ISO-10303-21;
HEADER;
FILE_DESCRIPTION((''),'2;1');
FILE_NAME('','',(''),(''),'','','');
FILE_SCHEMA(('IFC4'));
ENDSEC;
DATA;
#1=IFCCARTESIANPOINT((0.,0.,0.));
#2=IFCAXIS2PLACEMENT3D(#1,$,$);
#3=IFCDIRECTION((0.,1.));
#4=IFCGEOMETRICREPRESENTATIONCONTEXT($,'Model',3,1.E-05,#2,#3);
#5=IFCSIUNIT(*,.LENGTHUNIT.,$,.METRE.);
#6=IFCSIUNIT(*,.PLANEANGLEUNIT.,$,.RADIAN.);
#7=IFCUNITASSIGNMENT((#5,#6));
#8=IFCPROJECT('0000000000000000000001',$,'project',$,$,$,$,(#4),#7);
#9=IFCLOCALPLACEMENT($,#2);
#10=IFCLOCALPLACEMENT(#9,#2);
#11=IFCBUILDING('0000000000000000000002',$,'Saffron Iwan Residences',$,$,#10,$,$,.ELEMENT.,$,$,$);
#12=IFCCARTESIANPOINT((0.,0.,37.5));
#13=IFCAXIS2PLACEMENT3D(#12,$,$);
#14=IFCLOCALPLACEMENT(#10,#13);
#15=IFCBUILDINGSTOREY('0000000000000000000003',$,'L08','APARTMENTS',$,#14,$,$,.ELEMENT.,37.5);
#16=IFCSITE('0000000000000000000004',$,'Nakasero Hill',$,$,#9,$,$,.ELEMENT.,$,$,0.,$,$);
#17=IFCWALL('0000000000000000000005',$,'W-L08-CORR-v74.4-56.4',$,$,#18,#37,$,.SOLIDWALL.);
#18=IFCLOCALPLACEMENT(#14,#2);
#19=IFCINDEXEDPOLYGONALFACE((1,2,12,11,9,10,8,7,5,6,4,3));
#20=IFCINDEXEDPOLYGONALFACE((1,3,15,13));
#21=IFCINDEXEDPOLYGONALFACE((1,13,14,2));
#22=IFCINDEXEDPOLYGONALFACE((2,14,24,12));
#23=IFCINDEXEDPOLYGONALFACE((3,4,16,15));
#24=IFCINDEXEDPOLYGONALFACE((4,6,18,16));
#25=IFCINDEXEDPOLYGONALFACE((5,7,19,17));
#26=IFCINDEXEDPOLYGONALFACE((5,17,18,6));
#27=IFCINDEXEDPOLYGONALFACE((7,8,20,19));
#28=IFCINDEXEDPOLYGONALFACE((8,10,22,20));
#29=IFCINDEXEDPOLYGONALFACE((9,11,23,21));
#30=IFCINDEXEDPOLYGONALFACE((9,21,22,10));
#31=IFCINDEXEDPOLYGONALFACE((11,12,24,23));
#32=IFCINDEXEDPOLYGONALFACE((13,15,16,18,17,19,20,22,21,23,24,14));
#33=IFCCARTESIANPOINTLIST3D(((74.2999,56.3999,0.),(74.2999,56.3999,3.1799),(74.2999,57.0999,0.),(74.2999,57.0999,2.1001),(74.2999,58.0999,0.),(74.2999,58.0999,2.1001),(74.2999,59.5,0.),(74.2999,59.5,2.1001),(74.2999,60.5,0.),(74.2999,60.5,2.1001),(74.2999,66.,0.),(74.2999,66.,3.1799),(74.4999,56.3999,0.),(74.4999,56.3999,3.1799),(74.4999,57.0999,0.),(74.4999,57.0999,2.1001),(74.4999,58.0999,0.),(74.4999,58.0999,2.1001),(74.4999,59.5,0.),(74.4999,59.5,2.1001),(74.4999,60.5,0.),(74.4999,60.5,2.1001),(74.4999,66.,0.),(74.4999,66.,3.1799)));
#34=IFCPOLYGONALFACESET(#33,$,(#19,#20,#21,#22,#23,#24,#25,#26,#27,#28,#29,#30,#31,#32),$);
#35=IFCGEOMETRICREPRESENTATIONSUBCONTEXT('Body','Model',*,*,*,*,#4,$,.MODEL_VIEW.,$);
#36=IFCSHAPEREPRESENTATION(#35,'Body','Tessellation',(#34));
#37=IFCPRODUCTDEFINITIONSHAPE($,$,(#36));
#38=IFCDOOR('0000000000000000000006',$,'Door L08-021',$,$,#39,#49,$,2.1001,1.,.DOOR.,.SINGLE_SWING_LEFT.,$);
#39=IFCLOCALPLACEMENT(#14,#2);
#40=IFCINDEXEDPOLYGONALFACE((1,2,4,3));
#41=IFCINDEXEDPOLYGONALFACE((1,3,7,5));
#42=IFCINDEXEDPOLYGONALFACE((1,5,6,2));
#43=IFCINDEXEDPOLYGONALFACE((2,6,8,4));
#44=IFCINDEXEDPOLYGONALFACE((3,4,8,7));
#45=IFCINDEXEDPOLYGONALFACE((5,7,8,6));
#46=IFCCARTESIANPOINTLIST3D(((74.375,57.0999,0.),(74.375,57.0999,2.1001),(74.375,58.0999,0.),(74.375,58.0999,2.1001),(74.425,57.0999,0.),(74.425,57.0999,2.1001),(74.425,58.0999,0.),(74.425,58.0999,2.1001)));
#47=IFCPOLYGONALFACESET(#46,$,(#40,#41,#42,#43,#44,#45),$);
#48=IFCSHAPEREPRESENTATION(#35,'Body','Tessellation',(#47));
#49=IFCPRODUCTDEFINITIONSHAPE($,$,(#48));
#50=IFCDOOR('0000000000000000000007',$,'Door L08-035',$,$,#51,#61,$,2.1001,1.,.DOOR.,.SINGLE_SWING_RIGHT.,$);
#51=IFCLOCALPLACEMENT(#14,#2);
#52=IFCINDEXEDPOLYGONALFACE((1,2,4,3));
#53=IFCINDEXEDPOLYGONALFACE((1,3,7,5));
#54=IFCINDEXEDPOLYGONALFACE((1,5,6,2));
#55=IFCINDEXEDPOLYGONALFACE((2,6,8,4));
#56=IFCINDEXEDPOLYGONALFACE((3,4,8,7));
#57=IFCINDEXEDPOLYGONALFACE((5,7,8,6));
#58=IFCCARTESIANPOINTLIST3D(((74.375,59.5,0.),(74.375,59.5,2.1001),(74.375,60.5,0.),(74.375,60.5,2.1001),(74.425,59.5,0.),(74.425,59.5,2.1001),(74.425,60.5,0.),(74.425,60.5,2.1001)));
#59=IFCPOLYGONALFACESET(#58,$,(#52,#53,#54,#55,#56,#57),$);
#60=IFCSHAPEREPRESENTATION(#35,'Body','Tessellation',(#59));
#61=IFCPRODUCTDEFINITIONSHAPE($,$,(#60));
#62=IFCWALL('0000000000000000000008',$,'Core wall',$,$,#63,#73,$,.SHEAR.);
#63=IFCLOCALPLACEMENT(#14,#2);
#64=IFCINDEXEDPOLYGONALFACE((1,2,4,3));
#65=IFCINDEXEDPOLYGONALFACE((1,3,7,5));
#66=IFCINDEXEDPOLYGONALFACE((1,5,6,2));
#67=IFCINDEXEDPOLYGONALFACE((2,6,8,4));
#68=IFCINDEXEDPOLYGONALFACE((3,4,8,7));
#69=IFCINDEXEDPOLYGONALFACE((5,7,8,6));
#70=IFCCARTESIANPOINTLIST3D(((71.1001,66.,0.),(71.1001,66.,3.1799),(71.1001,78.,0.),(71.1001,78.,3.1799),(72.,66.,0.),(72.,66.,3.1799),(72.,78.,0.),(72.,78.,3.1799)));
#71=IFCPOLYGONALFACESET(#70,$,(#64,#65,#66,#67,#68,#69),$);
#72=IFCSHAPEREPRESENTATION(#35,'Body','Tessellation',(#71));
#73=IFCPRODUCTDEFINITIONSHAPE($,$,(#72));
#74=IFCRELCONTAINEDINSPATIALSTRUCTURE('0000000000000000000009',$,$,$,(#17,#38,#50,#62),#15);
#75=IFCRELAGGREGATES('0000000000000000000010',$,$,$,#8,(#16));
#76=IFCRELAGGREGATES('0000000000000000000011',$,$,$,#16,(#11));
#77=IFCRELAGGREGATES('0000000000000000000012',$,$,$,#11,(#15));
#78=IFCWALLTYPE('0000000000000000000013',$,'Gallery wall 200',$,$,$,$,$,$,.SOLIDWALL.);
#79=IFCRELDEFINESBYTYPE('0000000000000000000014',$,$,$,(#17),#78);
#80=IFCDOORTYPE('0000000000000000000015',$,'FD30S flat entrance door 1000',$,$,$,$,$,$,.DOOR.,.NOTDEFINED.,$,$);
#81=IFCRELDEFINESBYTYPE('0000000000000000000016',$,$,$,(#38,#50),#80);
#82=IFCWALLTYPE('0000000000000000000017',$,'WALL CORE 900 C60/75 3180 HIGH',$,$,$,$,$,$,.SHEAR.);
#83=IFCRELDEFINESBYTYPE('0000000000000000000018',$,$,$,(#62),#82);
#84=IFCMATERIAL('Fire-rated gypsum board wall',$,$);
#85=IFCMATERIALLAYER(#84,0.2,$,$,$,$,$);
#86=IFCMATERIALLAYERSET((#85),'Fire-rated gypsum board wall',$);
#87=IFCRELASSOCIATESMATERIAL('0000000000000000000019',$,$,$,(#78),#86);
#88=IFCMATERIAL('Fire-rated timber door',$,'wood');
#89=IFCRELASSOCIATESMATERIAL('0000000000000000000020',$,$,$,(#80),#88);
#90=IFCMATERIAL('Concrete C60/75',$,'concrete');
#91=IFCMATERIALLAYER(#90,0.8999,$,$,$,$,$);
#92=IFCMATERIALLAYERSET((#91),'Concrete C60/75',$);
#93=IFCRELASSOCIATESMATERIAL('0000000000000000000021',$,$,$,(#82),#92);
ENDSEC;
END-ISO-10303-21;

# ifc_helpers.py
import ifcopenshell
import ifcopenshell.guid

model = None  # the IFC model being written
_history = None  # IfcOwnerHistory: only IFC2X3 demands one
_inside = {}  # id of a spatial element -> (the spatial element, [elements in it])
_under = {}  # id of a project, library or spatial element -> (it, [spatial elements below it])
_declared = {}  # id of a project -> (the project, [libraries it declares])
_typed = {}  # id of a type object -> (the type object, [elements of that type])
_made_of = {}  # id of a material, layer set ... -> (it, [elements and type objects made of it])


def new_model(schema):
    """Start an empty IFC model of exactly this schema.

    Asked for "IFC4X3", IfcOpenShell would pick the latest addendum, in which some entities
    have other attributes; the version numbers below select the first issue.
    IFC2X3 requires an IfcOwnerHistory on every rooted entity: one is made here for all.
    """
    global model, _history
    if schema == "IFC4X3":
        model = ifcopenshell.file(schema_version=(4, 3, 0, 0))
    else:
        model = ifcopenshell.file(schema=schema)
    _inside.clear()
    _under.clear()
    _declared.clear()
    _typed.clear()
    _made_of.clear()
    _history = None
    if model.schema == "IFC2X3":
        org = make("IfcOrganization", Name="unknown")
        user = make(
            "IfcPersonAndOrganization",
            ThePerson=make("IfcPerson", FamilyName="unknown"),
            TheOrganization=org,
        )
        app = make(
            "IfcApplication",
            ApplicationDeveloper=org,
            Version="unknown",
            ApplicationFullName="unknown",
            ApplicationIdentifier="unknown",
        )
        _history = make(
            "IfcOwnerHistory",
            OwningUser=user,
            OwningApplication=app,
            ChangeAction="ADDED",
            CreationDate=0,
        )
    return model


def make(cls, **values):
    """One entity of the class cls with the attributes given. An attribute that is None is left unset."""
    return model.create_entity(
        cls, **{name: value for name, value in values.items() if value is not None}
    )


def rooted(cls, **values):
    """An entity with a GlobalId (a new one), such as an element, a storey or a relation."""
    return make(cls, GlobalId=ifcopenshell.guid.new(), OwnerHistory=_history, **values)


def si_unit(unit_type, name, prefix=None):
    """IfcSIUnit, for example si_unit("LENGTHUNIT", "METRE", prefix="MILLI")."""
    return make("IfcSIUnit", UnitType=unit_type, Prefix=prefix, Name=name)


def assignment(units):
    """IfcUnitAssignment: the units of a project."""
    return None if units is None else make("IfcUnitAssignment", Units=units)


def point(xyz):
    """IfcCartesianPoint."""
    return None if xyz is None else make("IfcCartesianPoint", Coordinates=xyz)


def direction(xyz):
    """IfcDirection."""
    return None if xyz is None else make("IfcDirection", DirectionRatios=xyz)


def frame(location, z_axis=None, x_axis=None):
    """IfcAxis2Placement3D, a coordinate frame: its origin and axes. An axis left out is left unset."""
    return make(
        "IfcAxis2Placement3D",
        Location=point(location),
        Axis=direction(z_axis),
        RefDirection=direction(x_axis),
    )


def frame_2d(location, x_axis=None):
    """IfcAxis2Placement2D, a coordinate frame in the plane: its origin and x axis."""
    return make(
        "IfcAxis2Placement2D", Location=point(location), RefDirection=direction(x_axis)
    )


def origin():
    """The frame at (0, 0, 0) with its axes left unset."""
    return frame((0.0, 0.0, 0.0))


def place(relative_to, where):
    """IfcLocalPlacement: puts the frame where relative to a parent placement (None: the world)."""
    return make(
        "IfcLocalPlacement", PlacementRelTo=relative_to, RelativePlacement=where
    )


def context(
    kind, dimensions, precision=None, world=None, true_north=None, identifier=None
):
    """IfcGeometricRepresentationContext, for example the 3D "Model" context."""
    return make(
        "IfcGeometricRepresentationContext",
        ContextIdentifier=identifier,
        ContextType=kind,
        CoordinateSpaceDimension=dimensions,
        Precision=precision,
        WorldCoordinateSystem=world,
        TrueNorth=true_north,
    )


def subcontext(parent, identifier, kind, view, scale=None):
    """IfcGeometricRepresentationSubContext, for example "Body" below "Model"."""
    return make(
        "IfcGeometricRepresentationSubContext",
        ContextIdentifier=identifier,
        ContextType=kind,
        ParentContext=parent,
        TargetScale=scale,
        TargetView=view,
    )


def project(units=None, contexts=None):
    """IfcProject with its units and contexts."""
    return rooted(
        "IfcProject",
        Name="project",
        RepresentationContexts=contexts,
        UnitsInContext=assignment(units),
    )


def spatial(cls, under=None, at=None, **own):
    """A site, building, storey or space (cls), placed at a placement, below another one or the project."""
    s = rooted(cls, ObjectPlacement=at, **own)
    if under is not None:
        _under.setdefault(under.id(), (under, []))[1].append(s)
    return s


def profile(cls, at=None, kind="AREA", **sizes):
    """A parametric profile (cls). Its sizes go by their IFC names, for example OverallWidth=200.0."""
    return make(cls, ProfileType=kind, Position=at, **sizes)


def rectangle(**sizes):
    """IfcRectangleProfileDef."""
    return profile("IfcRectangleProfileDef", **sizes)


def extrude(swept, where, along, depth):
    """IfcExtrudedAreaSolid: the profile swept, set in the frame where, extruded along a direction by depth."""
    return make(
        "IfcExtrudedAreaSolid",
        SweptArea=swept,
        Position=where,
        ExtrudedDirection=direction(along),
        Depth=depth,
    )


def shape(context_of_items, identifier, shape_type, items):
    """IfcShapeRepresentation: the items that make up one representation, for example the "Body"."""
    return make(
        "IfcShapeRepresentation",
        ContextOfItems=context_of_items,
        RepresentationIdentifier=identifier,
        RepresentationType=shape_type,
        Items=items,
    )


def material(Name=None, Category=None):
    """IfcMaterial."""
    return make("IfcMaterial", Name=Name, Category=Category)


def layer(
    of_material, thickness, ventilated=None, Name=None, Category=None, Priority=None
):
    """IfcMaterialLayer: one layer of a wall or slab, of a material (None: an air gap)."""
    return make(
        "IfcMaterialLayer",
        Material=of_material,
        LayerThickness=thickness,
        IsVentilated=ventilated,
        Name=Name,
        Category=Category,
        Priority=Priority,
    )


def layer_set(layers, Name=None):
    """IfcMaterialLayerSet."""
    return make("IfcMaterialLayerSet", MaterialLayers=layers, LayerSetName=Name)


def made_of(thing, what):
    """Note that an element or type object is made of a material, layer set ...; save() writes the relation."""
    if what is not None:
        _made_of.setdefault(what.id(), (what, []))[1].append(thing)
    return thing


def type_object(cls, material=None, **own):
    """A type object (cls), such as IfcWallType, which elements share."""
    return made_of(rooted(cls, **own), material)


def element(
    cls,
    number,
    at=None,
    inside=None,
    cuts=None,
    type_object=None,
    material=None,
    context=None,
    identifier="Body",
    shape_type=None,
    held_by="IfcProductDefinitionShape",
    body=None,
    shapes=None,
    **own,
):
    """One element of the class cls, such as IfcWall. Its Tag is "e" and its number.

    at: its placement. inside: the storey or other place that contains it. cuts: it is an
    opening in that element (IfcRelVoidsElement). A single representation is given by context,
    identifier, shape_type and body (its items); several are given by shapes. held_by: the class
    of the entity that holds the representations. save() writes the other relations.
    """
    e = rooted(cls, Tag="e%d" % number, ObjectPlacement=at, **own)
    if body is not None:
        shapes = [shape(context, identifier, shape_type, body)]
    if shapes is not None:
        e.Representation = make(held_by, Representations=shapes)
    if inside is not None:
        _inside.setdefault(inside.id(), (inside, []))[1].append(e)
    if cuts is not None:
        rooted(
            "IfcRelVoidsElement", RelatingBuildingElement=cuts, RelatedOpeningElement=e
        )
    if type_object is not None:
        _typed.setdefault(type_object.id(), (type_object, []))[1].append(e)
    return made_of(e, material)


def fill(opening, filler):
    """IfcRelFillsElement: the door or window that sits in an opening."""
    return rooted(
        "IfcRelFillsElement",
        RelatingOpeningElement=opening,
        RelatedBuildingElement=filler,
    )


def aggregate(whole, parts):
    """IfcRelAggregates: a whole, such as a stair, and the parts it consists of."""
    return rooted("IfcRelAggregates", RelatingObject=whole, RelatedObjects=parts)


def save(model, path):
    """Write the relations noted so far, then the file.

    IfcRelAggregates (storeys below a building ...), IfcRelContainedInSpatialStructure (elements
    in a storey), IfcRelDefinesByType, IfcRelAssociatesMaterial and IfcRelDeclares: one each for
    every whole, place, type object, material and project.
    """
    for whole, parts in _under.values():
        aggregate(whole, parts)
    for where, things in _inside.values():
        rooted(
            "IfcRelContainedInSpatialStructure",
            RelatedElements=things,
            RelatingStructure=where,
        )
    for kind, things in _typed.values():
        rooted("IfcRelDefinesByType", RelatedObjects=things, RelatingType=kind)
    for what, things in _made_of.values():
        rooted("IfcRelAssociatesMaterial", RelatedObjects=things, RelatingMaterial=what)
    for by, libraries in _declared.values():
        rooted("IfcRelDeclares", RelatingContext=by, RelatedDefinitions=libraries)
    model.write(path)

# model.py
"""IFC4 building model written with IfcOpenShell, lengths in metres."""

from ifc_helpers import new_model, si_unit, direction, frame, frame_2d, origin, place, context, subcontext, project, spatial, rectangle, extrude, material, layer, layer_set, type_object, element, fill, save


model = new_model("IFC4")

# Units and contexts
model_context = context("Model", 3, precision=1e-05, world=origin(), true_north=direction((0.0, 1.0)))
body_context = subcontext(model_context, "Body", "Model", "MODEL_VIEW")
ifc_project = project(units=[si_unit("LENGTHUNIT", "METRE"), si_unit("PLANEANGLEUNIT", "RADIAN")], contexts=[model_context])

# Site, building, storey
site_placement = place(None, origin())
site = spatial("IfcSite", under=ifc_project, at=site_placement, Name="Nakasero Hill", CompositionType="ELEMENT", RefElevation=0.0)
building_placement = place(site_placement, origin())
building = spatial("IfcBuilding", under=site, at=building_placement, Name="Saffron Iwan Residences", CompositionType="ELEMENT")
storey_placement = place(building_placement, frame((0.0, 0.0, 37.5)))
storey = spatial("IfcBuildingStorey", under=building, at=storey_placement, Name="L08", Description="APARTMENTS", CompositionType="ELEMENT", Elevation=37.5)

# Shared definitions
ifc_material_1 = material(Name="Concrete C60/75", Category="concrete")

# Shared definitions
ifc_material_2 = material(Name="Fire-rated gypsum board wall")

# Shared definitions
ifc_layer_1 = layer(ifc_material_2, 0.2)
ifc_layer_set_1 = layer_set([ifc_layer_1], Name="Fire-rated gypsum board wall")
wall_type_1 = type_object("IfcWallType", Name="Gallery wall 200", PredefinedType="SOLIDWALL", material=ifc_layer_set_1)

# Wall, openings, doors
wall_1_placement = place(storey_placement, frame((74.3999, 56.3999, 0.0), z_axis=(0.0, 0.0, 1.0), x_axis=(0.0, 1.0, 0.0)))
wall_1 = element("IfcWall", 1, at=wall_1_placement, inside=storey, type_object=wall_type_1, Name="W-L08-CORR-v74.4-56.4", PredefinedType="SOLIDWALL", context=body_context, shape_type="SweptSolid", body=[
    extrude(rectangle(XDim=9.6001, YDim=0.2, at=frame_2d((4.8, 0.0))), origin(), (0.0, 0.0, 1.0), 3.1799),
])
opening_1_placement = place(wall_1_placement, frame((0.7, 0.0, 0.0)))
opening_1 = element("IfcOpeningElement", 2, at=opening_1_placement, cuts=wall_1, PredefinedType="OPENING", context=body_context, shape_type="SweptSolid", body=[
    extrude(rectangle(XDim=1.0, YDim=2.1001, at=frame_2d((0.5, 1.05))), frame((0.0, 0.1099, 0.0), z_axis=(0.0, -1.0, 0.0), x_axis=(1.0, 0.0, 0.0)), (0.0, 0.0, 1.0), 0.22),
])
opening_2_placement = place(wall_1_placement, frame((3.1001, 0.0, 0.0)))
opening_2 = element("IfcOpeningElement", 3, at=opening_2_placement, cuts=wall_1, PredefinedType="OPENING", context=body_context, shape_type="SweptSolid", body=[
    extrude(rectangle(XDim=1.0, YDim=2.1001, at=frame_2d((0.5, 1.05))), frame((0.0, 0.1099, 0.0), z_axis=(0.0, -1.0, 0.0), x_axis=(1.0, 0.0, 0.0)), (0.0, 0.0, 1.0), 0.22),
])
ifc_material_3 = material(Name="Fire-rated timber door", Category="wood")
door_type_1 = type_object("IfcDoorType", Name="FD30S flat entrance door 1000", OperationType="NOTDEFINED", PredefinedType="DOOR", material=ifc_material_3)
door_1_placement = place(opening_1_placement, origin())
door_1 = element("IfcDoor", 4, at=door_1_placement, inside=storey, type_object=door_type_1, Name="Door L08-021", OperationType="SINGLE_SWING_LEFT", OverallHeight=2.1001, OverallWidth=1.0, PredefinedType="DOOR", context=body_context, shape_type="SweptSolid", body=[
    extrude(rectangle(XDim=1.0, YDim=2.1001, at=frame_2d((0.5, 1.05))), frame((0.0, 0.0249, 0.0), z_axis=(0.0, -1.0, 0.0), x_axis=(1.0, 0.0, 0.0)), (0.0, 0.0, 1.0), 0.05),
])
fill(opening_1, door_1)
door_2_placement = place(opening_2_placement, origin())
door_2 = element("IfcDoor", 5, at=door_2_placement, inside=storey, type_object=door_type_1, Name="Door L08-035", OperationType="SINGLE_SWING_RIGHT", OverallHeight=2.1001, OverallWidth=1.0, PredefinedType="DOOR", context=body_context, shape_type="SweptSolid", body=[
    extrude(rectangle(XDim=1.0, YDim=2.1001, at=frame_2d((0.5, 1.05))), frame((0.0, 0.0249, 0.0), z_axis=(0.0, -1.0, 0.0), x_axis=(1.0, 0.0, 0.0)), (0.0, 0.0, 1.0), 0.05),
])
fill(opening_2, door_2)

# Wall
ifc_layer_2 = layer(ifc_material_1, 0.8999)
ifc_layer_set_2 = layer_set([ifc_layer_2], Name="Concrete C60/75")
wall_type_2 = type_object("IfcWallType", Name="WALL CORE 900 C60/75 3180 HIGH", PredefinedType="SHEAR", material=ifc_layer_set_2)
wall_2_placement = place(storey_placement, frame((71.55, 66.0, 0.0), z_axis=(0.0, 0.0, 1.0), x_axis=(0.0, 1.0, 0.0)))
element("IfcWall", 6, at=wall_2_placement, inside=storey, type_object=wall_type_2, Name="Core wall", PredefinedType="SHEAR", context=body_context, shape_type="SweptSolid", body=[
    extrude(rectangle(XDim=12.0, YDim=0.8999, at=frame_2d((6.0, 0.0))), origin(), (0.0, 0.0, 1.0), 3.1799),
])

save(model, "model.ifc")
